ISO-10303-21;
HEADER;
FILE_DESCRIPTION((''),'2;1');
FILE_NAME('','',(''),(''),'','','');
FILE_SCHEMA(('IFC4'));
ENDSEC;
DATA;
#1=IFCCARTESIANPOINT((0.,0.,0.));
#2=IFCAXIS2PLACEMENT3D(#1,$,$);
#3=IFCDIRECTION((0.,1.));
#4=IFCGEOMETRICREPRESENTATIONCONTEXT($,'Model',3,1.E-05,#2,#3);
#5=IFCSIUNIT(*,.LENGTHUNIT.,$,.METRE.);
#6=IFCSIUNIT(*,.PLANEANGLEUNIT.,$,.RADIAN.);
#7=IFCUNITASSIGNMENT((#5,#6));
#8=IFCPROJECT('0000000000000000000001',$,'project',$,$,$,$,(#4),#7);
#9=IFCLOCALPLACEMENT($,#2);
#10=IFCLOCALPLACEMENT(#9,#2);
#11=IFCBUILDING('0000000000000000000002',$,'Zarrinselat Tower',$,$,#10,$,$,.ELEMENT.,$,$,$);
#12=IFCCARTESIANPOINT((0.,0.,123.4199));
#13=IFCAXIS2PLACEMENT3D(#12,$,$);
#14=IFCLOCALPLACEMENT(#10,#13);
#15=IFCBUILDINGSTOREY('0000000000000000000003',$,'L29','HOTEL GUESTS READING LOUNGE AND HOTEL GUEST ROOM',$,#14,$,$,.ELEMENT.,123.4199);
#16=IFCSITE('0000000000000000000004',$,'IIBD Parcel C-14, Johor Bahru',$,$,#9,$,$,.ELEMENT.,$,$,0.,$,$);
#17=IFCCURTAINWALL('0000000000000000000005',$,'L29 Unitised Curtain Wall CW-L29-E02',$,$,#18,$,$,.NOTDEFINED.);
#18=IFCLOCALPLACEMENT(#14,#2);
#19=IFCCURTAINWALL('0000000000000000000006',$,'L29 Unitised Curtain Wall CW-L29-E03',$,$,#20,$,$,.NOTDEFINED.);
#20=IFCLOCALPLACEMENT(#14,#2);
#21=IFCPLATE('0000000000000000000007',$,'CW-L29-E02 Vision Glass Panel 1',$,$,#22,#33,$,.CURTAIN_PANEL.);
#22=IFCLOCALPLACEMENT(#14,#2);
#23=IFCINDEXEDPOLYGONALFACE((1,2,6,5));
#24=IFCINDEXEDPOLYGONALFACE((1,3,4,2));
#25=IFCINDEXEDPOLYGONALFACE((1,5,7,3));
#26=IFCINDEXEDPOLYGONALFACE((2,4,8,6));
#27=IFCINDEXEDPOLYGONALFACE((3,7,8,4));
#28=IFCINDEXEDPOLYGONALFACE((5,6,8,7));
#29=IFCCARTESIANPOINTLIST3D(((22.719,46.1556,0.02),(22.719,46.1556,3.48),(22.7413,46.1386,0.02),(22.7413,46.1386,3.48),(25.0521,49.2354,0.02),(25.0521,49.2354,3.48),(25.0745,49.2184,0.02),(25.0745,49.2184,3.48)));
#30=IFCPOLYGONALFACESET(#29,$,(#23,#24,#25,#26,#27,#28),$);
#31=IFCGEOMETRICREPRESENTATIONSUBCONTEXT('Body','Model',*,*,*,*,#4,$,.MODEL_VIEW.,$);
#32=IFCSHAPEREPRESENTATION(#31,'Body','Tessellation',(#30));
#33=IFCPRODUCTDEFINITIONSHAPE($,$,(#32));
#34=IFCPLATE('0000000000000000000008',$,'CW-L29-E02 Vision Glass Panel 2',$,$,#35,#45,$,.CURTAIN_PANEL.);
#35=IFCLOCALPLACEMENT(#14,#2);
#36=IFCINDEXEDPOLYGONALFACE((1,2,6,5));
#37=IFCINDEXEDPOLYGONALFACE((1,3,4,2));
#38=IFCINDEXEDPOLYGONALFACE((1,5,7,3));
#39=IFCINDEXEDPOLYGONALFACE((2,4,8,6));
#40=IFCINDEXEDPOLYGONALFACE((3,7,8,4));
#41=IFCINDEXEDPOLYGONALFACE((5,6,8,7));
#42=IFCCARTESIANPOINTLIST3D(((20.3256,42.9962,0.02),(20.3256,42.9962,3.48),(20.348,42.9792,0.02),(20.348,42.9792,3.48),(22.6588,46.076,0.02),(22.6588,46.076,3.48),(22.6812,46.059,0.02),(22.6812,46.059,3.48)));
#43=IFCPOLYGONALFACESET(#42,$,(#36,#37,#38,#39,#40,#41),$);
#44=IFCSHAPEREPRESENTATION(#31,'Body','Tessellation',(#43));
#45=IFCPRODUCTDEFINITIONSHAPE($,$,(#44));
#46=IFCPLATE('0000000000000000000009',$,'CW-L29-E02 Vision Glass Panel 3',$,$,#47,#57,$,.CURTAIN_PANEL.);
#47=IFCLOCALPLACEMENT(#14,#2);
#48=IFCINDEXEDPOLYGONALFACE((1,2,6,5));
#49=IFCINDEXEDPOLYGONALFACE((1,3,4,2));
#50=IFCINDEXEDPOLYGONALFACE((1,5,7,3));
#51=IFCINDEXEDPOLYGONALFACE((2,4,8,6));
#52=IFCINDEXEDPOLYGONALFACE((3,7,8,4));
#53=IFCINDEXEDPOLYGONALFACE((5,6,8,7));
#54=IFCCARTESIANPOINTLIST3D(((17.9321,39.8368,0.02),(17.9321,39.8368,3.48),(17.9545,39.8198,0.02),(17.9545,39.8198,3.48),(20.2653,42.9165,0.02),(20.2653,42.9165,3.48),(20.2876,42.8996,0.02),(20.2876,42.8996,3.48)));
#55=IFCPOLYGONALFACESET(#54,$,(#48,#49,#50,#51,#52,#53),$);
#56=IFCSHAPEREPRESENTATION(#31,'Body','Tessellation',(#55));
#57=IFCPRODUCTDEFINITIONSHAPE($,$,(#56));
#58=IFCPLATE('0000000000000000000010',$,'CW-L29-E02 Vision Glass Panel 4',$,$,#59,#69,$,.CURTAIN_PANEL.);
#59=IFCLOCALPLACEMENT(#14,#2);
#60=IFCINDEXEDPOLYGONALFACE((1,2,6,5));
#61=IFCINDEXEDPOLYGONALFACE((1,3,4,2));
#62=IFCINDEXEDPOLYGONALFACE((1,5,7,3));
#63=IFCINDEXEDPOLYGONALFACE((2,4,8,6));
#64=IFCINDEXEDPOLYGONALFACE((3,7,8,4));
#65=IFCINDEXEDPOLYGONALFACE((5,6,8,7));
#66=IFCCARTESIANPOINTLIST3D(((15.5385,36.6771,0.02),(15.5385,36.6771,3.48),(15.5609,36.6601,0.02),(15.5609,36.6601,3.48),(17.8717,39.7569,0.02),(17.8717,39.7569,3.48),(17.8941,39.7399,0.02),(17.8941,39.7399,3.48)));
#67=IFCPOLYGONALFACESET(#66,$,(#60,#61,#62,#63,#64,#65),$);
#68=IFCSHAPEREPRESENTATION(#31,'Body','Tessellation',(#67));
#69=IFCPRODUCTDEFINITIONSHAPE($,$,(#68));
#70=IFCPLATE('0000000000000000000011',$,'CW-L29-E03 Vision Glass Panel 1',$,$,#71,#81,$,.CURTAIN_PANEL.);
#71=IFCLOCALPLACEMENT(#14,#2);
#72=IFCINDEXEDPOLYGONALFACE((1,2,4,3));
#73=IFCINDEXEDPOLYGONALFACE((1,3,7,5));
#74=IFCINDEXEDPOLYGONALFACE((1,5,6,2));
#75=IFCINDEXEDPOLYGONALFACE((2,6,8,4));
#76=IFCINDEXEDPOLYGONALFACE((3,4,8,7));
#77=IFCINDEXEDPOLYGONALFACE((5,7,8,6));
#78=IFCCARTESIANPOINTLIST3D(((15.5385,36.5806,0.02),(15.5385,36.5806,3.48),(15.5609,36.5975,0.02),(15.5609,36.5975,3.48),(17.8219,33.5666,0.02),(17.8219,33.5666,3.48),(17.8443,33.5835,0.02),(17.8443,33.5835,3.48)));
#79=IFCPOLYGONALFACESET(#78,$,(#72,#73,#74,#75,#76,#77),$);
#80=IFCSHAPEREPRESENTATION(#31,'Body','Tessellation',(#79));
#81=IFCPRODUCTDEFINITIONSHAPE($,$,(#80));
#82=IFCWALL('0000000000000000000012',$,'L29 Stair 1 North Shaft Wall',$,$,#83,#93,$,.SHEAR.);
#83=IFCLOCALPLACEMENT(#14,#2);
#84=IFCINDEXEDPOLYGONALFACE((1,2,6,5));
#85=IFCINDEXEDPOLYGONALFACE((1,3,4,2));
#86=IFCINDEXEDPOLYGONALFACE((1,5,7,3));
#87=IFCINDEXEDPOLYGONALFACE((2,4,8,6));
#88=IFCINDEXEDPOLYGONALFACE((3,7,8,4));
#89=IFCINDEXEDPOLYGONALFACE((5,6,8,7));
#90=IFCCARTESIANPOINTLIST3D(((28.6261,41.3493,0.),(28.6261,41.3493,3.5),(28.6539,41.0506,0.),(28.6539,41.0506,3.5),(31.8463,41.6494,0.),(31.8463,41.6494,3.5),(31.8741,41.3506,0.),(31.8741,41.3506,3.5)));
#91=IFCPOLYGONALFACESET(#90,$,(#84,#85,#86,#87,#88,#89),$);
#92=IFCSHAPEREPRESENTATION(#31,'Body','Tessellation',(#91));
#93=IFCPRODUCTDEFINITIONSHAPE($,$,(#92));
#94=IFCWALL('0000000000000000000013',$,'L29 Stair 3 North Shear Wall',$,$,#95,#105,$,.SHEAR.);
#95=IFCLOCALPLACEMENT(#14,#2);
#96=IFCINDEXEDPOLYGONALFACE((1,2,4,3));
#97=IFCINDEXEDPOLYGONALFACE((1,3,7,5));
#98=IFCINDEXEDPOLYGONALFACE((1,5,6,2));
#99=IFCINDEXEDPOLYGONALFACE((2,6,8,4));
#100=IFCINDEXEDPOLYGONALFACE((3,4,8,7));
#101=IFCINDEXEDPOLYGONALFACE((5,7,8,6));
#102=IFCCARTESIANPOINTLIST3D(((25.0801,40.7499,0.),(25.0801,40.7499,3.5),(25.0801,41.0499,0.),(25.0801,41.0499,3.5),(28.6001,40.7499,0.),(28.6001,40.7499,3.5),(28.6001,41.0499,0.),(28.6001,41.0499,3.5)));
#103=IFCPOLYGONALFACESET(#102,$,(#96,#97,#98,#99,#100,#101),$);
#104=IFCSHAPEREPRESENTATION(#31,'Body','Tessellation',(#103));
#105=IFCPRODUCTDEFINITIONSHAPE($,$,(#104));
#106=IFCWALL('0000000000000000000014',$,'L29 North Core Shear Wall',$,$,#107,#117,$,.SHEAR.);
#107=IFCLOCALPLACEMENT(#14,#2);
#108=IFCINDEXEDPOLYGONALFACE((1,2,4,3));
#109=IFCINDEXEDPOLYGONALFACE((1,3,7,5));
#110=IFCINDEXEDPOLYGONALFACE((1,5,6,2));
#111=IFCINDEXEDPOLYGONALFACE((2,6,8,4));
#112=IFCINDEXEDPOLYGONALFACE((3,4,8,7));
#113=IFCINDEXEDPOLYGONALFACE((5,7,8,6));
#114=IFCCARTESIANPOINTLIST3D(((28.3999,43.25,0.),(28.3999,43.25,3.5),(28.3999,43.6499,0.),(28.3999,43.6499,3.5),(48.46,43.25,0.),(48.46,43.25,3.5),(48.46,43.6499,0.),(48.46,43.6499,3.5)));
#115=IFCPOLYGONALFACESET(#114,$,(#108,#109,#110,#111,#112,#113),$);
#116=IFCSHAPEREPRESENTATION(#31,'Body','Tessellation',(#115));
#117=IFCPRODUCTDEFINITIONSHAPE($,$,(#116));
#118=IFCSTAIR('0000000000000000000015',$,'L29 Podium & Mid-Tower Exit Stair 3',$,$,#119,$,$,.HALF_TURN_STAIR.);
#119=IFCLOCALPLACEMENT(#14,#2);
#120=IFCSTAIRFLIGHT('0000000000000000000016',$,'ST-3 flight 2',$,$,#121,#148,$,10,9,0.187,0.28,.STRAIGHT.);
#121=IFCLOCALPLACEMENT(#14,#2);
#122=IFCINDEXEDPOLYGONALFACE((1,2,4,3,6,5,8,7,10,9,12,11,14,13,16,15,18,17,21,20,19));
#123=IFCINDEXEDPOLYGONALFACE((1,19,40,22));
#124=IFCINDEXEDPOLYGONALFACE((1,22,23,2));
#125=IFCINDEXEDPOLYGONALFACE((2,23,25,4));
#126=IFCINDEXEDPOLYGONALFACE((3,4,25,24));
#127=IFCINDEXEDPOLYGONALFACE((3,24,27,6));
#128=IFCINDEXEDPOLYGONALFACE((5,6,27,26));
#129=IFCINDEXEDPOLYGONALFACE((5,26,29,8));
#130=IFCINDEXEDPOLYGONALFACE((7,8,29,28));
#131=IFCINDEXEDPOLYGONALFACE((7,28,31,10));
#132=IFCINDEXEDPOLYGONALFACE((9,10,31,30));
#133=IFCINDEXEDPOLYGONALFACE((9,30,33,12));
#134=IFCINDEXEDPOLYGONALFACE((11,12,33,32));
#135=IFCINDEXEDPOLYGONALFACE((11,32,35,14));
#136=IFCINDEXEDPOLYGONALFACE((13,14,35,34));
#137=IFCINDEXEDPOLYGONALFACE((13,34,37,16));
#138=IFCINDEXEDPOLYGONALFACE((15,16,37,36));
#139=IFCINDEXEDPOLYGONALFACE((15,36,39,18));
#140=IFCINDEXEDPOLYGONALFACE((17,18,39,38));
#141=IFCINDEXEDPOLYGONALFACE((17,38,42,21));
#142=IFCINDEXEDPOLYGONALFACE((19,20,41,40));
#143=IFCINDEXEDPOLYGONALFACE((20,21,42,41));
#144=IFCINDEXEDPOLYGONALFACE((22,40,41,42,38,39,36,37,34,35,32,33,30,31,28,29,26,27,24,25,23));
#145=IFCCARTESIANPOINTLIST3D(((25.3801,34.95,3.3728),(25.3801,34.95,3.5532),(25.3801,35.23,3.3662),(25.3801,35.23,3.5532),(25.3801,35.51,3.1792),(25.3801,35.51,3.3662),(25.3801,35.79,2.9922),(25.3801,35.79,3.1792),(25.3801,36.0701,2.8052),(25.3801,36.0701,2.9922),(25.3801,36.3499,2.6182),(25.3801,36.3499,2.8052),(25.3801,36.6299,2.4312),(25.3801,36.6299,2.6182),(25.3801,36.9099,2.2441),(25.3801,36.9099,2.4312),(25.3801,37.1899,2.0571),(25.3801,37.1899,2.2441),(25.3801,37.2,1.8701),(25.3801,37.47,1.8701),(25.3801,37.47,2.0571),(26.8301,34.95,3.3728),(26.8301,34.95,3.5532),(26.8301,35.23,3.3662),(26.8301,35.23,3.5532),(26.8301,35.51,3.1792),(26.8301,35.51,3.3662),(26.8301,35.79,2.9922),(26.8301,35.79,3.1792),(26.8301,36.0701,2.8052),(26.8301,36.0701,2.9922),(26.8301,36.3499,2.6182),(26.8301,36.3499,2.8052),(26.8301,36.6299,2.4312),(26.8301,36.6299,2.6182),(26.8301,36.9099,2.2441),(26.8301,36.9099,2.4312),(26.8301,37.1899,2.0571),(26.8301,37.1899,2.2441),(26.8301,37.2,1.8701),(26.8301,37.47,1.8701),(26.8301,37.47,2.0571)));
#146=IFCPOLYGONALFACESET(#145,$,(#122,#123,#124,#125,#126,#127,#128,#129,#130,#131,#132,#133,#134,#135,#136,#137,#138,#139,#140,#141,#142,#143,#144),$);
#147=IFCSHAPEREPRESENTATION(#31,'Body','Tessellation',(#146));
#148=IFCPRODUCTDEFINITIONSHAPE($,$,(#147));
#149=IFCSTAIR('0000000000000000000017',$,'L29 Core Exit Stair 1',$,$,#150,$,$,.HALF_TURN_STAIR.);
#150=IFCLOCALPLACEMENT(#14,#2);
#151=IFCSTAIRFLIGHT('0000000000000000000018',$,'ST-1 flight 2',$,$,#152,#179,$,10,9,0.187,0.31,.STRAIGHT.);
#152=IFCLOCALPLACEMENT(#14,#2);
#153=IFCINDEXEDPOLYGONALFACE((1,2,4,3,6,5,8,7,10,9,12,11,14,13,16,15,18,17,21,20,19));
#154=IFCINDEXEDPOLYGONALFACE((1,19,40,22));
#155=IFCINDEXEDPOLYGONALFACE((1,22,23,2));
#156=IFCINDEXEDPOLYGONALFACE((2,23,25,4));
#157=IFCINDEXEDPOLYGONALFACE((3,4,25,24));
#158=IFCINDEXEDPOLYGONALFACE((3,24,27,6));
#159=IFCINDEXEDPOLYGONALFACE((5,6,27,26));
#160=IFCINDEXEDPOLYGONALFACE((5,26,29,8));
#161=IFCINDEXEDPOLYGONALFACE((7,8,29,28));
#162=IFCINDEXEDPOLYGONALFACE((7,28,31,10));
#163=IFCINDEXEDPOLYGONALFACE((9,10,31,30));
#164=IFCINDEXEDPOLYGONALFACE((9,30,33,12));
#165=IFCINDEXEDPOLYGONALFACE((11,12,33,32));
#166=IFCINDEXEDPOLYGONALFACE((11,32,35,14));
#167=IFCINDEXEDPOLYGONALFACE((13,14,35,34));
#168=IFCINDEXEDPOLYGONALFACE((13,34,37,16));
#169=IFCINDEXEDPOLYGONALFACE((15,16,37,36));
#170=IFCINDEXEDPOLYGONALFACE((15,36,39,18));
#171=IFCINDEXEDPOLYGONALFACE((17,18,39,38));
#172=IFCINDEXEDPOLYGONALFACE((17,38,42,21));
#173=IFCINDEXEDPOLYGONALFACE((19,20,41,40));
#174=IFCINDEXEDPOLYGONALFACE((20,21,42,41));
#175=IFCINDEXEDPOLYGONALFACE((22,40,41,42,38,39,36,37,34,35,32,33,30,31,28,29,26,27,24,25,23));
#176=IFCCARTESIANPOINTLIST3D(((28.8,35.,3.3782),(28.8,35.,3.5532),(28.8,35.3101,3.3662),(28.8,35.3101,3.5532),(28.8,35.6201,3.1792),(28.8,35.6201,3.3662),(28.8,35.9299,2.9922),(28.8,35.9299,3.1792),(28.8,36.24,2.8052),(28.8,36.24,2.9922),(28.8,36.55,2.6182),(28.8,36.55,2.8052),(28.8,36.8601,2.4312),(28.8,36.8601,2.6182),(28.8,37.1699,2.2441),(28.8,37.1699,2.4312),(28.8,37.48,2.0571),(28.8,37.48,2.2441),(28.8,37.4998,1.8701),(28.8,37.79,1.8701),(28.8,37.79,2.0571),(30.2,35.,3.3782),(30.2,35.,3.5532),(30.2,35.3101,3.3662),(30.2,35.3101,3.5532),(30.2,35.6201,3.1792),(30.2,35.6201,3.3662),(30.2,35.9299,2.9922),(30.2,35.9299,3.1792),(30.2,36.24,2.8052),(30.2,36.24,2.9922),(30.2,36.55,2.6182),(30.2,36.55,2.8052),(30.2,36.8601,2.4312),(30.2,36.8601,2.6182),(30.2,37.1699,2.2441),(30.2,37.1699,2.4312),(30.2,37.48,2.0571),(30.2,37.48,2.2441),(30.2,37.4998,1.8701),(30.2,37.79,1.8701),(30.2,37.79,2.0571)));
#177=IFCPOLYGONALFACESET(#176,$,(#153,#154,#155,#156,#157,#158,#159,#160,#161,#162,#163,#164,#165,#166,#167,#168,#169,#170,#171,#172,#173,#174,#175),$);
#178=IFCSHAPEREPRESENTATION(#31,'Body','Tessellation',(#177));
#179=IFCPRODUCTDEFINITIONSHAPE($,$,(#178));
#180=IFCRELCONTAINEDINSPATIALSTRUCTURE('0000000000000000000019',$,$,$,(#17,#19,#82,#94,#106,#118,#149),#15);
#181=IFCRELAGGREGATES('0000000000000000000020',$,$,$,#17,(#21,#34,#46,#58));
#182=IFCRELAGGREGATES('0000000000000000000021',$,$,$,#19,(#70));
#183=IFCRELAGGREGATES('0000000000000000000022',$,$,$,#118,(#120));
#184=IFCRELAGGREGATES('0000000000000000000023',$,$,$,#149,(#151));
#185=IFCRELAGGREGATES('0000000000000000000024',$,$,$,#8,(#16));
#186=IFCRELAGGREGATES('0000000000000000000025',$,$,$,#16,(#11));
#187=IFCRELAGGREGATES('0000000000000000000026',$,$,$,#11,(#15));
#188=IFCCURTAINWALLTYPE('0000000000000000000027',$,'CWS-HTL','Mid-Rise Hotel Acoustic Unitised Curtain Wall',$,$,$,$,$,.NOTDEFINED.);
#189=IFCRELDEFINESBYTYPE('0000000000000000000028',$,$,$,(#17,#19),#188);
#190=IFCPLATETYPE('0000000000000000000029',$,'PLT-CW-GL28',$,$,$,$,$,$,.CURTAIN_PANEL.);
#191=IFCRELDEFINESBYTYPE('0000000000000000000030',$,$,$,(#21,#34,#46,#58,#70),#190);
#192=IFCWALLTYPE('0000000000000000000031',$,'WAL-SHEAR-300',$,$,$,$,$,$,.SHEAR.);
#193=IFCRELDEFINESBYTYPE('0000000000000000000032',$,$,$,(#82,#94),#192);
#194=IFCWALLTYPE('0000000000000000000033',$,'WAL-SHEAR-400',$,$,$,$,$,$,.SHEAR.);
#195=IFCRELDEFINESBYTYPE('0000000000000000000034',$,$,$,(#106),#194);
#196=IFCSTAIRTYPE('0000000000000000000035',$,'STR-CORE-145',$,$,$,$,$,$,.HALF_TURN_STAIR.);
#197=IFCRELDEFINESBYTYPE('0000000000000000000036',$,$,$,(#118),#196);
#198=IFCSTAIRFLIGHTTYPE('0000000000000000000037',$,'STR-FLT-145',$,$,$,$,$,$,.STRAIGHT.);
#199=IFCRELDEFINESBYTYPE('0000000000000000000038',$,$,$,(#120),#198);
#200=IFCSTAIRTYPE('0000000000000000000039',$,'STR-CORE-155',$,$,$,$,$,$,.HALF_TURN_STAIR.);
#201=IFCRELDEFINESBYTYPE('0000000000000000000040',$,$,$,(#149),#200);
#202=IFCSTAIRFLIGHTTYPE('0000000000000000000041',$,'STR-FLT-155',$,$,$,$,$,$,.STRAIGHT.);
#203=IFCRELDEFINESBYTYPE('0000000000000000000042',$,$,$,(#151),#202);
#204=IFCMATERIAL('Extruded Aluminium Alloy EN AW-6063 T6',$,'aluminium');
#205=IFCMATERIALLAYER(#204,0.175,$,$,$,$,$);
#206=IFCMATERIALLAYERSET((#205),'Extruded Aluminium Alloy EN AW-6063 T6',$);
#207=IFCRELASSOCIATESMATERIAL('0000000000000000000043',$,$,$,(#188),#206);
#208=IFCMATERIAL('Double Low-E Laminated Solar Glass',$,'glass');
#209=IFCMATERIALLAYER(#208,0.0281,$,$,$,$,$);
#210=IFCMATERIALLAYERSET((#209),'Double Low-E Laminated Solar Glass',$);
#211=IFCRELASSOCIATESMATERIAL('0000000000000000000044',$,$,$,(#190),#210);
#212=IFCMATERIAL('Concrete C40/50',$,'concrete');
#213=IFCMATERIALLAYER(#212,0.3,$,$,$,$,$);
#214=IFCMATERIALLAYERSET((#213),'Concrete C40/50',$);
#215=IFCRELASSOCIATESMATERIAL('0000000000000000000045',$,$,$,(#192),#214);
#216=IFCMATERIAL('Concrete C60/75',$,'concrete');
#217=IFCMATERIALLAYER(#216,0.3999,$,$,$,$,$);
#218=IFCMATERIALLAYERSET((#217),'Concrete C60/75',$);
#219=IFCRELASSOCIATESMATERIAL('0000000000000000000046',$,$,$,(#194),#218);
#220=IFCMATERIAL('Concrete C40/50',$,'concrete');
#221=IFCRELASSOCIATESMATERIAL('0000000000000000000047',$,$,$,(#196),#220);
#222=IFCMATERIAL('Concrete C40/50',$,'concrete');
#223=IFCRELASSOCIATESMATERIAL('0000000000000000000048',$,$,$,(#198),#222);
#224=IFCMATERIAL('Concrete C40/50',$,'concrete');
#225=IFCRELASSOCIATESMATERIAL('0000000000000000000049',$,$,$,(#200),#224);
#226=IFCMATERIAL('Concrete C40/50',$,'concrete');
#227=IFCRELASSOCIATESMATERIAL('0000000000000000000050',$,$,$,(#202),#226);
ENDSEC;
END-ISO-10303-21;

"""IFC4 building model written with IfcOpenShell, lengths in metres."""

from ifc_helpers import new_model, si_unit, direction, frame, frame_2d, origin, origin_2d, place, context, subcontext, project, spatial, polyline, rectangle, outline, extrude, material, layer, layer_set, type_object, element, aggregate, save


model = new_model("IFC4")

# Units and contexts
model_context = context("Model", 3, precision=1e-05, world=origin(), true_north=direction((0.0, 1.0)))
body_context = subcontext(model_context, "Body", "Model", "MODEL_VIEW")
ifc_project = project(units=[si_unit("LENGTHUNIT", "METRE"), si_unit("PLANEANGLEUNIT", "RADIAN")], contexts=[model_context])

# Site, building, storey
site_placement = place(None, origin())
site = spatial("IfcSite", under=ifc_project, at=site_placement, Name="IIBD Parcel C-14, Johor Bahru", CompositionType="ELEMENT", RefElevation=0.0)
building_placement = place(site_placement, origin())
building = spatial("IfcBuilding", under=site, at=building_placement, Name="Zarrinselat Tower", CompositionType="ELEMENT")
storey_placement = place(building_placement, frame((0.0, 0.0, 123.4199)))
storey = spatial("IfcBuildingStorey", under=building, at=storey_placement, Name="L29", Description="HOTEL GUESTS READING LOUNGE AND HOTEL GUEST ROOM", CompositionType="ELEMENT", Elevation=123.4199)

# Curtain wall
ifc_material_1 = material(Name="Extruded Aluminium Alloy EN AW-6063 T6", Category="aluminium")
ifc_layer_1 = layer(ifc_material_1, 0.175)
ifc_layer_set_1 = layer_set([ifc_layer_1], Name="Extruded Aluminium Alloy EN AW-6063 T6")
curtain_wall_type = type_object("IfcCurtainWallType", Name="CWS-HTL", Description="Mid-Rise Hotel Acoustic Unitised Curtain Wall", PredefinedType="NOTDEFINED", material=ifc_layer_set_1)
curtain_wall_1_placement = place(storey_placement, origin())
curtain_wall_1 = element("IfcCurtainWall", 1, at=curtain_wall_1_placement, inside=storey, type_object=curtain_wall_type, Name="L29 Unitised Curtain Wall CW-L29-E02", PredefinedType="NOTDEFINED")

# Curtain wall
curtain_wall_2_placement = place(storey_placement, origin())
curtain_wall_2 = element("IfcCurtainWall", 2, at=curtain_wall_2_placement, inside=storey, type_object=curtain_wall_type, Name="L29 Unitised Curtain Wall CW-L29-E03", PredefinedType="NOTDEFINED")

# Plates
ifc_material_2 = material(Name="Double Low-E Laminated Solar Glass", Category="glass")
ifc_layer_2 = layer(ifc_material_2, 0.0281)
ifc_layer_set_2 = layer_set([ifc_layer_2], Name="Double Low-E Laminated Solar Glass")
plate_type = type_object("IfcPlateType", Name="PLT-CW-GL28", PredefinedType="CURTAIN_PANEL", material=ifc_layer_set_2)
plate_1_placement = place(storey_placement, frame((23.8967, 47.687, 0.02), z_axis=(0.0, 0.0, 1.0), x_axis=(-0.603858, -0.797092, 0.0)))
plate_1 = element("IfcPlate", 3, at=plate_1_placement, type_object=plate_type, Name="CW-L29-E02 Vision Glass Panel 1", PredefinedType="CURTAIN_PANEL", context=body_context, shape_type="SweptSolid", body=[
    extrude(rectangle(XDim=3.8638, YDim=0.0281, at=origin_2d()), origin(), (0.0, 0.0, 1.0), 3.46),
])
plate_2_placement = place(storey_placement, frame((21.5034, 44.5276, 0.02), z_axis=(0.0, 0.0, 1.0), x_axis=(-0.603858, -0.797092, 0.0)))
plate_2 = element("IfcPlate", 4, at=plate_2_placement, type_object=plate_type, Name="CW-L29-E02 Vision Glass Panel 2", PredefinedType="CURTAIN_PANEL", context=body_context, shape_type="SweptSolid", body=[
    extrude(rectangle(XDim=3.8638, YDim=0.0281, at=origin_2d()), origin(), (0.0, 0.0, 1.0), 3.46),
])
plate_3_placement = place(storey_placement, frame((19.1099, 41.3682, 0.02), z_axis=(0.0, 0.0, 1.0), x_axis=(-0.603858, -0.797092, 0.0)))
plate_3 = element("IfcPlate", 5, at=plate_3_placement, type_object=plate_type, Name="CW-L29-E02 Vision Glass Panel 3", PredefinedType="CURTAIN_PANEL", context=body_context, shape_type="SweptSolid", body=[
    extrude(rectangle(XDim=3.8638, YDim=0.0281, at=origin_2d()), origin(), (0.0, 0.0, 1.0), 3.46),
])
plate_4_placement = place(storey_placement, frame((16.7163, 38.2085, 0.02), z_axis=(0.0, 0.0, 1.0), x_axis=(-0.603858, -0.797092, 0.0)))
plate_4 = element("IfcPlate", 6, at=plate_4_placement, type_object=plate_type, Name="CW-L29-E02 Vision Glass Panel 4", PredefinedType="CURTAIN_PANEL", context=body_context, shape_type="SweptSolid", body=[
    extrude(rectangle(XDim=3.8638, YDim=0.0281, at=origin_2d()), origin(), (0.0, 0.0, 1.0), 3.46),
])
aggregate(curtain_wall_1, [plate_1, plate_2, plate_3, plate_4])
plate_5_placement = place(storey_placement, frame((16.6914, 35.082, 0.02), z_axis=(0.0, 0.0, 1.0), x_axis=(0.603858, -0.797092, 0.0)))
plate_5 = element("IfcPlate", 7, at=plate_5_placement, type_object=plate_type, Name="CW-L29-E03 Vision Glass Panel 1", PredefinedType="CURTAIN_PANEL", context=body_context, shape_type="SweptSolid", body=[
    extrude(rectangle(XDim=3.7812, YDim=0.0281, at=origin_2d()), origin(), (0.0, 0.0, 1.0), 3.46),
])
aggregate(curtain_wall_2, [plate_5])

# Walls
ifc_material_3 = material(Name="Concrete C40/50", Category="concrete")
ifc_layer_3 = layer(ifc_material_3, 0.3)
ifc_layer_set_3 = layer_set([ifc_layer_3], Name="Concrete C40/50")
wall_type_1 = type_object("IfcWallType", Name="WAL-SHEAR-300", PredefinedType="SHEAR", material=ifc_layer_set_3)
wall_1_placement = place(storey_placement, frame((28.6399, 41.2, 0.0), z_axis=(0.0, 0.0, 1.0), x_axis=(0.995687, 0.092775, 0.0)))
element("IfcWall", 8, at=wall_1_placement, inside=storey, type_object=wall_type_1, Name="L29 Stair 1 North Shaft Wall", PredefinedType="SHEAR", context=body_context, shape_type="SweptSolid", body=[
    extrude(rectangle(XDim=3.2341, YDim=0.3, at=frame_2d((1.6172, 0.0))), origin(), (0.0, 0.0, 1.0), 3.5),
])
wall_2_placement = place(storey_placement, frame((25.0801, 40.8999, 0.0), z_axis=(0.0, 0.0, 1.0), x_axis=(1.0, 0.0, 0.0)))
element("IfcWall", 9, at=wall_2_placement, inside=storey, type_object=wall_type_1, Name="L29 Stair 3 North Shear Wall", PredefinedType="SHEAR", context=body_context, shape_type="SweptSolid", body=[
    extrude(rectangle(XDim=3.52, YDim=0.3, at=frame_2d((1.76, 0.0))), origin(), (0.0, 0.0, 1.0), 3.5),
])
ifc_material_4 = material(Name="Concrete C60/75", Category="concrete")
ifc_layer_4 = layer(ifc_material_4, 0.3999)
ifc_layer_set_4 = layer_set([ifc_layer_4], Name="Concrete C60/75")
wall_type_2 = type_object("IfcWallType", Name="WAL-SHEAR-400", PredefinedType="SHEAR", material=ifc_layer_set_4)
wall_3_placement = place(storey_placement, frame((28.3999, 43.45, 0.0), z_axis=(0.0, 0.0, 1.0), x_axis=(1.0, 0.0, 0.0)))
element("IfcWall", 10, at=wall_3_placement, inside=storey, type_object=wall_type_2, Name="L29 North Core Shear Wall", PredefinedType="SHEAR", context=body_context, shape_type="SweptSolid", body=[
    extrude(rectangle(XDim=20.0601, YDim=0.3999, at=frame_2d((10.03, 0.0))), origin(), (0.0, 0.0, 1.0), 3.5),
])

# Stairs, stair flights
ifc_material_5 = material(Name="Concrete C40/50", Category="concrete")
stair_type_1 = type_object("IfcStairType", Name="STR-CORE-145", PredefinedType="HALF_TURN_STAIR", material=ifc_material_5)
stair_1_placement = place(storey_placement, origin())
stair_1 = element("IfcStair", 11, at=stair_1_placement, inside=storey, type_object=stair_type_1, Name="L29 Podium & Mid-Tower Exit Stair 3", PredefinedType="HALF_TURN_STAIR")
ifc_material_6 = material(Name="Concrete C40/50", Category="concrete")
stair_flight_type_1 = type_object("IfcStairFlightType", Name="STR-FLT-145", PredefinedType="STRAIGHT", material=ifc_material_6)
stair_flight_1_placement = place(storey_placement, frame((26.105, 37.47, 1.8701), z_axis=(0.0, 0.0, 1.0), x_axis=(0.0, -1.0, 0.0)))
stair_flight_1 = element("IfcStairFlight", 12, at=stair_flight_1_placement, type_object=stair_flight_type_1, Name="ST-3 flight 2", NumberOfRisers=10, NumberOfTreads=9, PredefinedType="STRAIGHT", RiserHeight=0.187, TreadLength=0.28, context=body_context, shape_type="SweptSolid", body=[
    extrude(outline(polyline([(0.0, 0.0), (0.0, 0.187), (0.28, 0.187), (0.28, 0.374), (0.5601, 0.374), (0.5601, 0.561), (0.8401, 0.561), (0.8401, 0.748), (1.1201, 0.748), (1.1201, 0.9351), (1.3999, 0.9351), (1.3999, 1.1221), (1.6799, 1.1221), (1.6799, 1.3091), (1.96, 1.3091), (1.96, 1.4961), (2.24, 1.4961), (2.24, 1.6831), (2.52, 1.6831), (2.52, 1.8701), (2.52, 1.5027), (0.27, 0.0), (0.0, 0.0)])), frame((0.0, 0.7251, 0.0), z_axis=(0.0, -1.0, 0.0), x_axis=(1.0, 0.0, 0.0)), (0.0, 0.0, 1.0), 1.45),
])
aggregate(stair_1, [stair_flight_1])
ifc_material_7 = material(Name="Concrete C40/50", Category="concrete")
stair_type_2 = type_object("IfcStairType", Name="STR-CORE-155", PredefinedType="HALF_TURN_STAIR", material=ifc_material_7)
stair_2_placement = place(storey_placement, origin())
stair_2 = element("IfcStair", 13, at=stair_2_placement, inside=storey, type_object=stair_type_2, Name="L29 Core Exit Stair 1", PredefinedType="HALF_TURN_STAIR")
ifc_material_8 = material(Name="Concrete C40/50", Category="concrete")
stair_flight_type_2 = type_object("IfcStairFlightType", Name="STR-FLT-155", PredefinedType="STRAIGHT", material=ifc_material_8)
stair_flight_2_placement = place(storey_placement, frame((29.5, 37.79, 1.8701), z_axis=(0.0, 0.0, 1.0), x_axis=(0.0, -1.0, 0.0)))
stair_flight_2 = element("IfcStairFlight", 14, at=stair_flight_2_placement, type_object=stair_flight_type_2, Name="ST-1 flight 2", NumberOfRisers=10, NumberOfTreads=9, PredefinedType="STRAIGHT", RiserHeight=0.187, TreadLength=0.31, context=body_context, shape_type="SweptSolid", body=[
    extrude(outline(polyline([(0.0, 0.0), (0.0, 0.187), (0.3101, 0.187), (0.3101, 0.374), (0.6201, 0.374), (0.6201, 0.561), (0.9299, 0.561), (0.9299, 0.748), (1.24, 0.748), (1.24, 0.9351), (1.55, 0.9351), (1.55, 1.1221), (1.8601, 1.1221), (1.8601, 1.3091), (2.1699, 1.3091), (2.1699, 1.4961), (2.48, 1.4961), (2.48, 1.6831), (2.79, 1.6831), (2.79, 1.8701), (2.79, 1.5081), (0.2903, 0.0), (0.0, 0.0)])), frame((0.0, 0.7, 0.0), z_axis=(0.0, -1.0, 0.0), x_axis=(1.0, 0.0, 0.0)), (0.0, 0.0, 1.0), 1.3999),
])
aggregate(stair_2, [stair_flight_2])

save(model, "model.ifc")
